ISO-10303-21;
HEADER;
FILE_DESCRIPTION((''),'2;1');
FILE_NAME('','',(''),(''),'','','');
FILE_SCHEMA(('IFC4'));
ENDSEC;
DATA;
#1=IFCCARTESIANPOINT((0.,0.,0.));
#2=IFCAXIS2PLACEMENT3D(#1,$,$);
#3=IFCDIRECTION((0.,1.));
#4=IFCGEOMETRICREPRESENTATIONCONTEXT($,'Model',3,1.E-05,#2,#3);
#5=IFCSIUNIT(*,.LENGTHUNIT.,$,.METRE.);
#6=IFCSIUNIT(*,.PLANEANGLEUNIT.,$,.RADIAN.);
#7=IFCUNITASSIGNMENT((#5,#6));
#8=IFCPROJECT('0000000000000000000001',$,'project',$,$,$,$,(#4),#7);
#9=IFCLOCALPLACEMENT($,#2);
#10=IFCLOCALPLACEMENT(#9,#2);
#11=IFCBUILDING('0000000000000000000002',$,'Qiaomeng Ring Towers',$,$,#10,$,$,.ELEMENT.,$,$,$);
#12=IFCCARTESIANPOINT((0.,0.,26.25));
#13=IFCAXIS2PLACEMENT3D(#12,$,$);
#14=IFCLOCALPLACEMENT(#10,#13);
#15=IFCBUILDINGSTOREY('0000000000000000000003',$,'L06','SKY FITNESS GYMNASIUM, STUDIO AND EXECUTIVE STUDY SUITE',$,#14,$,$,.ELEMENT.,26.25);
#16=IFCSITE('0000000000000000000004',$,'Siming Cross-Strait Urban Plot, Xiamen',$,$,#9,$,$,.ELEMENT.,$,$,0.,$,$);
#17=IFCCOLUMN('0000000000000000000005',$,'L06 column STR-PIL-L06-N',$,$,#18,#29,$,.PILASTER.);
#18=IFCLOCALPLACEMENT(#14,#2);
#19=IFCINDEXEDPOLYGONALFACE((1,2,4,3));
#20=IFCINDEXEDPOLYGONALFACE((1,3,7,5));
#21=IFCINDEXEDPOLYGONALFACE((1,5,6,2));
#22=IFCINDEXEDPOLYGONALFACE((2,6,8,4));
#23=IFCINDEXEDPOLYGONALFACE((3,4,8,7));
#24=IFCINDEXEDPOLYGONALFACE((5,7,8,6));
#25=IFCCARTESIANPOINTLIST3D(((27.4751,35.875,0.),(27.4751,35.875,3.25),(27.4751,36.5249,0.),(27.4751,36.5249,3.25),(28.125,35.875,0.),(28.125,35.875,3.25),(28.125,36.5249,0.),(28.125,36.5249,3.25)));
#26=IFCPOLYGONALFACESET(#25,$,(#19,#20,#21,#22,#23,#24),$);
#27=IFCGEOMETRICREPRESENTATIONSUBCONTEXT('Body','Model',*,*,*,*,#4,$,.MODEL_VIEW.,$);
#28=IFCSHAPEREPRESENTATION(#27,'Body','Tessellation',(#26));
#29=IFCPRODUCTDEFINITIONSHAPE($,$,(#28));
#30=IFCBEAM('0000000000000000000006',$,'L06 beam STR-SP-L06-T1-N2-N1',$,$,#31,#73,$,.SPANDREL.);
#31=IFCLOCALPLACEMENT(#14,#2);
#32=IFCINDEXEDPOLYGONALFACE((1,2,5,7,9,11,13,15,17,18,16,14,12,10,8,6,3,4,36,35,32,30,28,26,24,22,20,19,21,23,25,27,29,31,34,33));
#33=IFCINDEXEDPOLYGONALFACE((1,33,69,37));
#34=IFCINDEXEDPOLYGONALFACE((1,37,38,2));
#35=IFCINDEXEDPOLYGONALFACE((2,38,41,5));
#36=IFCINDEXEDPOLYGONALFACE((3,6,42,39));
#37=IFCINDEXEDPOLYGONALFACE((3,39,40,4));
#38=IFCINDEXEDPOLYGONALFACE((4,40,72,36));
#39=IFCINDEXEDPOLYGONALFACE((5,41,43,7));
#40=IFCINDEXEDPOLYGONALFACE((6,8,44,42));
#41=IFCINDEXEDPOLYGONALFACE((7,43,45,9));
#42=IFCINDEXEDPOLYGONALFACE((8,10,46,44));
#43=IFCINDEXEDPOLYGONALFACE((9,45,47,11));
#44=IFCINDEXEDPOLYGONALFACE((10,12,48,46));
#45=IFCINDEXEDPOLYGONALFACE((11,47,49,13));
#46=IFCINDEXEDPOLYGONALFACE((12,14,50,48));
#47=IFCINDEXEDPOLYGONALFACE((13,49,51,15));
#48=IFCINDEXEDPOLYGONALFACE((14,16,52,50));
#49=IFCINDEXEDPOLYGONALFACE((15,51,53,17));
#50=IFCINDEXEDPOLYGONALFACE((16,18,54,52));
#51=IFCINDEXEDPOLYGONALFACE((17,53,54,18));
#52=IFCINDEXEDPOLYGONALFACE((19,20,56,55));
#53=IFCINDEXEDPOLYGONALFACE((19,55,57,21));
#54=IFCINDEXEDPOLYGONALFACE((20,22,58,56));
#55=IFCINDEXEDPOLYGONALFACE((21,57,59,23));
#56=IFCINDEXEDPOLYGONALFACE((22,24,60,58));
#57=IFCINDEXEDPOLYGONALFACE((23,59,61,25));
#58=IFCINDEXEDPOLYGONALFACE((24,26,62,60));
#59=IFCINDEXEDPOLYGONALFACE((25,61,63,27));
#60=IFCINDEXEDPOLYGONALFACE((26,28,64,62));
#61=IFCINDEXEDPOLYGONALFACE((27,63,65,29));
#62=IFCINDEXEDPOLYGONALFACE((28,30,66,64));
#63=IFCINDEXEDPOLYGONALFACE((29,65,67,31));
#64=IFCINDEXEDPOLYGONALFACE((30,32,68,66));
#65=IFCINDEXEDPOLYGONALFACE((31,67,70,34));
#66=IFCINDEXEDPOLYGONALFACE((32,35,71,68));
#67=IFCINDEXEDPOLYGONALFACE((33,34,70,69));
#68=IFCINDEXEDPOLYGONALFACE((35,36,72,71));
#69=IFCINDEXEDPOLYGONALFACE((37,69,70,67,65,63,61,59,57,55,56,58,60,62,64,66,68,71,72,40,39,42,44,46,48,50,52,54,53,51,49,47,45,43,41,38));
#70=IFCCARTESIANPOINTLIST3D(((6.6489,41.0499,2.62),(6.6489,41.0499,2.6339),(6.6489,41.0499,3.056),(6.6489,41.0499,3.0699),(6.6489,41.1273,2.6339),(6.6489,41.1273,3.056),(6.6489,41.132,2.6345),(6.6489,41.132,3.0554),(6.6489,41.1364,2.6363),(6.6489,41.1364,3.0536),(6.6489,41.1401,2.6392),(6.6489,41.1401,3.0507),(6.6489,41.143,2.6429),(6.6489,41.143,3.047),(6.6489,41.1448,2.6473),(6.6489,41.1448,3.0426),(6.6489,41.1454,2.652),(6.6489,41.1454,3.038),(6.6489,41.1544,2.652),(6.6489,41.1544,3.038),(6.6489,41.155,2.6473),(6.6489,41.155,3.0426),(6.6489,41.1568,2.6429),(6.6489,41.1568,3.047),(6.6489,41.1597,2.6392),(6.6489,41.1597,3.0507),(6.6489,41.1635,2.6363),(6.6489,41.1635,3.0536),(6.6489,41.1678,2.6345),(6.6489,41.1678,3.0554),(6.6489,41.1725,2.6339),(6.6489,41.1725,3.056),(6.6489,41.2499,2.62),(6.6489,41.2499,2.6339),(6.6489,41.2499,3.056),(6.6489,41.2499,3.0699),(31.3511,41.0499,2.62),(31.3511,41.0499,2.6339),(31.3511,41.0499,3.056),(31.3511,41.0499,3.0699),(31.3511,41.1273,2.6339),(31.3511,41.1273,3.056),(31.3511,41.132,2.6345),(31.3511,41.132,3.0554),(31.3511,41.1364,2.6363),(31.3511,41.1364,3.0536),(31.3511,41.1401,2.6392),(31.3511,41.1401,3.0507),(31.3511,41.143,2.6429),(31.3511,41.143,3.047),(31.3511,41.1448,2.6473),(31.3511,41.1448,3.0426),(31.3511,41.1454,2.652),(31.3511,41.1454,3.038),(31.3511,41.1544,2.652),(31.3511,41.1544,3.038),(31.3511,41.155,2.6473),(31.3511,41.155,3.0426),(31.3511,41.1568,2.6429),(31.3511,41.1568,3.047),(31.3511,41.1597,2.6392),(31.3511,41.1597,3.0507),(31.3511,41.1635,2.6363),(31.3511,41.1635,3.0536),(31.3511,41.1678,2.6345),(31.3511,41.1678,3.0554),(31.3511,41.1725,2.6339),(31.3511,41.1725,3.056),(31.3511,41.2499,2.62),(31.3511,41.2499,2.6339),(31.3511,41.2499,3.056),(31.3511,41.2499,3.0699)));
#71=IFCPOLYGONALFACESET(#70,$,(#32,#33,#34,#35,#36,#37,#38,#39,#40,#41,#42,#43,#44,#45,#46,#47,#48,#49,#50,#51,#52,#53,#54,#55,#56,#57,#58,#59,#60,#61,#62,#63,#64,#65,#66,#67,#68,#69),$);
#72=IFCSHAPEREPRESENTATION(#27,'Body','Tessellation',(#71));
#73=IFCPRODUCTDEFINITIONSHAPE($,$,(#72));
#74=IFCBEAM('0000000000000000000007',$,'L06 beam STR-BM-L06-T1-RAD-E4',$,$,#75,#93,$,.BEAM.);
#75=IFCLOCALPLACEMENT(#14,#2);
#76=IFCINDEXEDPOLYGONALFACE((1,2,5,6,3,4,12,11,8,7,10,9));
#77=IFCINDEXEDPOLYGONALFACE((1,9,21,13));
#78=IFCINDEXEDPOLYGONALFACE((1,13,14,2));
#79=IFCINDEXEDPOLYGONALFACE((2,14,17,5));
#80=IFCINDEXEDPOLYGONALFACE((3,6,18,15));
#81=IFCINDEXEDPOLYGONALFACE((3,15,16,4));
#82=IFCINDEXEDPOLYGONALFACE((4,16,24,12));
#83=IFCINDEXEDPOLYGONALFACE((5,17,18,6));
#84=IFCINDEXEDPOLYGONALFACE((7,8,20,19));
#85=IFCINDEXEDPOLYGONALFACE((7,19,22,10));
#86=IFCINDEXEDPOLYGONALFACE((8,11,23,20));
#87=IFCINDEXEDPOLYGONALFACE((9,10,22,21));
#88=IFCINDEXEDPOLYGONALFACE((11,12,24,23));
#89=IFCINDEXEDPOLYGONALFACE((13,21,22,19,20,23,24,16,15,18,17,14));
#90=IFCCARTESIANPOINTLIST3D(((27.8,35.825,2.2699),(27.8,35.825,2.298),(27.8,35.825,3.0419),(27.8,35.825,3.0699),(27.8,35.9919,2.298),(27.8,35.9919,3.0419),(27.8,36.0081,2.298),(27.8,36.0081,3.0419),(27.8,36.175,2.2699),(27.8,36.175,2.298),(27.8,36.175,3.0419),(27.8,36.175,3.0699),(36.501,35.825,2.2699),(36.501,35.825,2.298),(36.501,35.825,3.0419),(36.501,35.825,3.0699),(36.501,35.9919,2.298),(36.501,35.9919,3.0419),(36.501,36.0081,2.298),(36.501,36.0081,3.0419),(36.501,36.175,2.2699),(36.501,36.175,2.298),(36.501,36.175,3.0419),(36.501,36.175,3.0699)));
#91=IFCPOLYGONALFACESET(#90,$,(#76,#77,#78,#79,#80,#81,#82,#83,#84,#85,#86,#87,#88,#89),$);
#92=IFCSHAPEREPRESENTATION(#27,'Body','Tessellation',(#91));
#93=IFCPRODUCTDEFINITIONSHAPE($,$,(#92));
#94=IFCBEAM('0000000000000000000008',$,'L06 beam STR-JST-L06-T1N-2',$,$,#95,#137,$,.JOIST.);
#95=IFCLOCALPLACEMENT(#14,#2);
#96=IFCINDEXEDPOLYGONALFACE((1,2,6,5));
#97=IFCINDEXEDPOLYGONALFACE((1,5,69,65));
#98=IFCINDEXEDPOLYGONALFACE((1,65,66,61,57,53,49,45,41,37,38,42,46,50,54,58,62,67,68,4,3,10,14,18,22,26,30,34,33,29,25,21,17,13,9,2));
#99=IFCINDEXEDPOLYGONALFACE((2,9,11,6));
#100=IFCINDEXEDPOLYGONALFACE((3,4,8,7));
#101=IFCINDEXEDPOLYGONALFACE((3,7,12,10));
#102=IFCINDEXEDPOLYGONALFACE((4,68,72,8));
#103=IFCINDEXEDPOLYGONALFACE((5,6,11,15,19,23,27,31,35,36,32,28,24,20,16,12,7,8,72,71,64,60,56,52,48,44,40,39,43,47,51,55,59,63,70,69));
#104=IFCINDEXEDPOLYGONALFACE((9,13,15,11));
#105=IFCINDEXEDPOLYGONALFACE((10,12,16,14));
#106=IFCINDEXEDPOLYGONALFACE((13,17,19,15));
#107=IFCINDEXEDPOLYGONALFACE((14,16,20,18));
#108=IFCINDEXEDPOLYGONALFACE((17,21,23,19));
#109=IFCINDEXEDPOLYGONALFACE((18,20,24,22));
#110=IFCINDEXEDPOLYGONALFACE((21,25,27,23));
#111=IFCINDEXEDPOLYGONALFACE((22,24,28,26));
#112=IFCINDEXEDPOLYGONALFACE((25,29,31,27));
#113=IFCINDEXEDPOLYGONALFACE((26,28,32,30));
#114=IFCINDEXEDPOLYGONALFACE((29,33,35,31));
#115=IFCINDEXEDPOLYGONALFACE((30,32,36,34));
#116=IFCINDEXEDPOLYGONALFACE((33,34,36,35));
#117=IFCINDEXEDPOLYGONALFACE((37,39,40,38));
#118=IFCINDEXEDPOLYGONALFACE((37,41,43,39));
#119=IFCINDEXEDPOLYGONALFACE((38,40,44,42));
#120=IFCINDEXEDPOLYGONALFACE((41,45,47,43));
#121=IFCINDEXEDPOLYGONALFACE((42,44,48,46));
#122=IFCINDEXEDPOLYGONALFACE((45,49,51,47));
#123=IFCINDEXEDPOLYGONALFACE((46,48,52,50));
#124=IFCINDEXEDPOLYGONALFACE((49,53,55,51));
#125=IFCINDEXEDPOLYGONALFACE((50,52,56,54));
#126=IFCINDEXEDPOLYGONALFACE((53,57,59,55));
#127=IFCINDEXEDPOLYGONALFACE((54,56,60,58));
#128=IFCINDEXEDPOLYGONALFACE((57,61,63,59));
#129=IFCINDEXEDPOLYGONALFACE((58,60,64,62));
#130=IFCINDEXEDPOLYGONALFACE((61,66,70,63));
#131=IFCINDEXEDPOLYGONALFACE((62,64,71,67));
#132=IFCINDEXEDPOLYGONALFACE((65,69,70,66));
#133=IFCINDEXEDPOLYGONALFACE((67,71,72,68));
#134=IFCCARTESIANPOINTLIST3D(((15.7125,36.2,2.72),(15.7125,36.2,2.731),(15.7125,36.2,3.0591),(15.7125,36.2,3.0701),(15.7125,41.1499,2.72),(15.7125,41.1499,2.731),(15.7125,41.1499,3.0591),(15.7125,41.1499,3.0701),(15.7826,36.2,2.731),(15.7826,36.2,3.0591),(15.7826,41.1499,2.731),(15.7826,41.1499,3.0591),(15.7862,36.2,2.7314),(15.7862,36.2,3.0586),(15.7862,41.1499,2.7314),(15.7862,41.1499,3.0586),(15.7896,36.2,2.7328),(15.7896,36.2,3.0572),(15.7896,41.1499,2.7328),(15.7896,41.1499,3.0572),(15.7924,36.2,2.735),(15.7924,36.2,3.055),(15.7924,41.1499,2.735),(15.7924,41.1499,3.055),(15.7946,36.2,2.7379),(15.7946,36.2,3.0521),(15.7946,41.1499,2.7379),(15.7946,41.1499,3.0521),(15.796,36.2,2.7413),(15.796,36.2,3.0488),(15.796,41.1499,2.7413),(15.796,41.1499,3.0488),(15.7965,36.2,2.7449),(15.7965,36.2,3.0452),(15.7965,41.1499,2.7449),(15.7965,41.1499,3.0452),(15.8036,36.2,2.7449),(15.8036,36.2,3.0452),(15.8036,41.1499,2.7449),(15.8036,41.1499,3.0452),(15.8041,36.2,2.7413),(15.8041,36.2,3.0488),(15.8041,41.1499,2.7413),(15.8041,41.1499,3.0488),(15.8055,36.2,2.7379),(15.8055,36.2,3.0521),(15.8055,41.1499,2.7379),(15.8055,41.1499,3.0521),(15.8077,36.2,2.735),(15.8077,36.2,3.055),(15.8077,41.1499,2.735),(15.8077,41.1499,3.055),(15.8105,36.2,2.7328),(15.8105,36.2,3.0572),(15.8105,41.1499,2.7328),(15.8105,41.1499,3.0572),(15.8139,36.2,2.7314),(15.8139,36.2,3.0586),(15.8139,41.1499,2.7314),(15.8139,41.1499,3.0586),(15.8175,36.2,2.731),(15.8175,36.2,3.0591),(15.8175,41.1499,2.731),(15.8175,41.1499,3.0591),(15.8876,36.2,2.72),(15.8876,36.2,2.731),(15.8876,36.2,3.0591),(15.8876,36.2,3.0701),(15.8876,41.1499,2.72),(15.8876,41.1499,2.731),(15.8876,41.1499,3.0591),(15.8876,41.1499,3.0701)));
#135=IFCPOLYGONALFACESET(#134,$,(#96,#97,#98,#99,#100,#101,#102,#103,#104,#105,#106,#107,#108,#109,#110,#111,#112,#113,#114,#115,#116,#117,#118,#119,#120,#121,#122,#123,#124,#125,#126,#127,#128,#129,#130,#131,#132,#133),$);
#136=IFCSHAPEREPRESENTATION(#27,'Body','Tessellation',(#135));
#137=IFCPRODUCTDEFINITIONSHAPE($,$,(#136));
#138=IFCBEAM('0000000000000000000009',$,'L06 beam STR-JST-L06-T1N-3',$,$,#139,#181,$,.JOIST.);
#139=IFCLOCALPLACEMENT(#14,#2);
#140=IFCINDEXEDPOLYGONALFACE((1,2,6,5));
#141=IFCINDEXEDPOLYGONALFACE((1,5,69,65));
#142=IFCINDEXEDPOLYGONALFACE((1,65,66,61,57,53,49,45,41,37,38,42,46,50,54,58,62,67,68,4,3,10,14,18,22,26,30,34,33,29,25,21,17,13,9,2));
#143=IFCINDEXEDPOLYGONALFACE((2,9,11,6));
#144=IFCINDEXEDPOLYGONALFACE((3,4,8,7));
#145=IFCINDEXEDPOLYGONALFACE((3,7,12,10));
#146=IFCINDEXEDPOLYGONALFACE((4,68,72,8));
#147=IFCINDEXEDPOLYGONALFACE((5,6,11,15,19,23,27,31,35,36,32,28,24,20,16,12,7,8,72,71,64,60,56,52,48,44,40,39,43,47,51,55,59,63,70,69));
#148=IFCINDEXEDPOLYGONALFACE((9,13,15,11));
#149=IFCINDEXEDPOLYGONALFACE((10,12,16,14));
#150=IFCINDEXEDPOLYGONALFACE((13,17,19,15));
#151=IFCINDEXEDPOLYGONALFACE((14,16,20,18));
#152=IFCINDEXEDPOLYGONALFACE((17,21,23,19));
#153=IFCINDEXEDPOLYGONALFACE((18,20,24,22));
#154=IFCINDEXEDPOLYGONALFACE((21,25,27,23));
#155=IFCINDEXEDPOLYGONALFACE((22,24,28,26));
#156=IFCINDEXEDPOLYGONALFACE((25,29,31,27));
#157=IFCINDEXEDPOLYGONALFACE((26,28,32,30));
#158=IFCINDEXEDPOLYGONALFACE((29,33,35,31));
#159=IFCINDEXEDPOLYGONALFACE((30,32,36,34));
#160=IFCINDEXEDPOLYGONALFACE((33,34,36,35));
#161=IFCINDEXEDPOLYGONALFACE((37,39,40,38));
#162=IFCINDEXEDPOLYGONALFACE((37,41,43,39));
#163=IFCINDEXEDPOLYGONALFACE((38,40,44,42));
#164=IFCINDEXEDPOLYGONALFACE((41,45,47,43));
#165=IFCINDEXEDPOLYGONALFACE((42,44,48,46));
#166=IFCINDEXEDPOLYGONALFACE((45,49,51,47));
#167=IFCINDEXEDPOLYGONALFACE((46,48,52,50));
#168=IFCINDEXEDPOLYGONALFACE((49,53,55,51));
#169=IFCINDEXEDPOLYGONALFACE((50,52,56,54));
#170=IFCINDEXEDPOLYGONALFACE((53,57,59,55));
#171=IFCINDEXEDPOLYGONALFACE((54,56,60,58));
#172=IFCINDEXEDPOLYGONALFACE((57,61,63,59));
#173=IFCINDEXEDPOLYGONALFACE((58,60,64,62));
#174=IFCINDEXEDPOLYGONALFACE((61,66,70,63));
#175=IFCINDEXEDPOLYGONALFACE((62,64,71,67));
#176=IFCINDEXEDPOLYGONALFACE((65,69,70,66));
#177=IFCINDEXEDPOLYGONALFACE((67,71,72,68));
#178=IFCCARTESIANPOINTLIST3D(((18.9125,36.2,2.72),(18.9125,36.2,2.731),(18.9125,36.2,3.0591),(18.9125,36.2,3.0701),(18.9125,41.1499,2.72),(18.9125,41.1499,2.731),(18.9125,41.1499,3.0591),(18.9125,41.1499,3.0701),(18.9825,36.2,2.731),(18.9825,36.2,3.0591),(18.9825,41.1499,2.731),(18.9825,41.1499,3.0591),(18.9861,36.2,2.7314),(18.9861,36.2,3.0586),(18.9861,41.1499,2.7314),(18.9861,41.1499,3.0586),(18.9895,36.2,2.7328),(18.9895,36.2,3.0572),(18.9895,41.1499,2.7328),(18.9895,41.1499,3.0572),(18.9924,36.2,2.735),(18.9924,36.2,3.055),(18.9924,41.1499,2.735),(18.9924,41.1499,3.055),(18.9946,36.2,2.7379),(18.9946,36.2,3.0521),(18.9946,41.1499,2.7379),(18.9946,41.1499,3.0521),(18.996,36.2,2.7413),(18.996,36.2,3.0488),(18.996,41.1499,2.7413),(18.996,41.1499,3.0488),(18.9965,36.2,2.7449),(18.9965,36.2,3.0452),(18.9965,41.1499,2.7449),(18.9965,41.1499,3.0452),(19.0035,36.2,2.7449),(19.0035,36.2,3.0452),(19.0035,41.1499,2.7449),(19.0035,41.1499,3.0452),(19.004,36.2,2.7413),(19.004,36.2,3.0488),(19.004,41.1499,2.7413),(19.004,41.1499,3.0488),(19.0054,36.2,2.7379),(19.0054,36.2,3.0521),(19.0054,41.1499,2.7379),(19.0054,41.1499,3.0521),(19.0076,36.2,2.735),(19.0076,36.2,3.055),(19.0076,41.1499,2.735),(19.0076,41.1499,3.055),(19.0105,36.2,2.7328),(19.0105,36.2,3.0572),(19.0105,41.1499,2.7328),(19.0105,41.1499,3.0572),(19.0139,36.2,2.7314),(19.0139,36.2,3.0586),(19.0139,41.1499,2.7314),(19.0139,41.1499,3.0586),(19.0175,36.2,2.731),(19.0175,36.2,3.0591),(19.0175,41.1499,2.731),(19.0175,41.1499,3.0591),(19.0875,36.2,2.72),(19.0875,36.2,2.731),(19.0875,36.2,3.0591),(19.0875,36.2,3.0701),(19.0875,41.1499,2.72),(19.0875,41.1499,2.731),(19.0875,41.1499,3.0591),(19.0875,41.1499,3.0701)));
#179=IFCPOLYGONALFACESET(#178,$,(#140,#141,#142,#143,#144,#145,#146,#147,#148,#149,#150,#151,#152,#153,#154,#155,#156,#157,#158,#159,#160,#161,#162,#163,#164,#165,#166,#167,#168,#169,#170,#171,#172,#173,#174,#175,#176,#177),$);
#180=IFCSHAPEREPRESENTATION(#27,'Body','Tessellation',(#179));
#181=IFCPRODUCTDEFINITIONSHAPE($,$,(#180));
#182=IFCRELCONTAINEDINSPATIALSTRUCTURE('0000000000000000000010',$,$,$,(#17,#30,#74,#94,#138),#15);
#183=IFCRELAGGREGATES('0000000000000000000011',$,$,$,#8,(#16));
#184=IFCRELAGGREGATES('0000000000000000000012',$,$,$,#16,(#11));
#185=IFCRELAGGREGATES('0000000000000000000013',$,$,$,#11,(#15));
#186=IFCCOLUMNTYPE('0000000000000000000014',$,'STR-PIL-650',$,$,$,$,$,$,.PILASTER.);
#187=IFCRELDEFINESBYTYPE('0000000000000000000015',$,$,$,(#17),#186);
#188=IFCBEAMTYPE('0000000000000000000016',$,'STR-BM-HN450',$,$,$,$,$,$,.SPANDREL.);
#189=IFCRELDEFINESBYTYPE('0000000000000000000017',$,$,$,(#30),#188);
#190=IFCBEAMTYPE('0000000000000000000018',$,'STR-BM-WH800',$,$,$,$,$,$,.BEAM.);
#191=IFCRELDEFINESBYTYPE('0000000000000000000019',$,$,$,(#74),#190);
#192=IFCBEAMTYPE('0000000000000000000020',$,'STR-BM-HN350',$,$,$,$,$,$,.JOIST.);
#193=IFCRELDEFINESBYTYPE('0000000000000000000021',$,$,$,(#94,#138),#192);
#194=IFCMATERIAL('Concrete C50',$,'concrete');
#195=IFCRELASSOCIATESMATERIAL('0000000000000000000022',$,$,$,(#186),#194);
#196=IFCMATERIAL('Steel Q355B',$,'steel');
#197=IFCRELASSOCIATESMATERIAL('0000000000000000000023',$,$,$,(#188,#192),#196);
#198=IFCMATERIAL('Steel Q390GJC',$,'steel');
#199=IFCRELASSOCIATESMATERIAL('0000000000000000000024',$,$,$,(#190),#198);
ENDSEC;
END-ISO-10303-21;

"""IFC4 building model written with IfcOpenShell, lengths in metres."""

from ifc_helpers import new_model, si_unit, direction, frame, origin, origin_2d, place, context, subcontext, project, spatial, rectangle, i_section, extrude, source, transform, mapped, material, material_profile, profile_set, type_object, element, save


model = new_model("IFC4")

# Units and contexts
model_context = context("Model", 3, precision=1e-05, world=origin(), true_north=direction((0.0, 1.0)))
body_context = subcontext(model_context, "Body", "Model", "MODEL_VIEW")
ifc_project = project(units=[si_unit("LENGTHUNIT", "METRE"), si_unit("PLANEANGLEUNIT", "RADIAN")], contexts=[model_context])

# Site, building, storey
site_placement = place(None, origin())
site = spatial("IfcSite", under=ifc_project, at=site_placement, Name="Siming Cross-Strait Urban Plot, Xiamen", CompositionType="ELEMENT", RefElevation=0.0)
building_placement = place(site_placement, origin())
building = spatial("IfcBuilding", under=site, at=building_placement, Name="Qiaomeng Ring Towers", CompositionType="ELEMENT")
storey_placement = place(building_placement, frame((0.0, 0.0, 26.25)))
storey = spatial("IfcBuildingStorey", under=building, at=storey_placement, Name="L06", Description="SKY FITNESS GYMNASIUM, STUDIO AND EXECUTIVE STUDY SUITE", CompositionType="ELEMENT", Elevation=26.25)

# Column
ifc_material_1 = material(Name="Concrete C50", Category="concrete")
ifc_material_profile_1 = material_profile(ifc_material_1, rectangle(XDim=0.6499, YDim=0.6499, at=origin_2d()), Name="RC COL 650x650")
ifc_profile_set_1 = profile_set([ifc_material_profile_1], Name="Concrete C50")
column_type = type_object("IfcColumnType", Name="STR-PIL-650", PredefinedType="PILASTER", material=ifc_profile_set_1)
shared_shape_1 = source(origin(), body_context, "Body", "SweptSolid", [
    extrude(rectangle(XDim=0.6499, YDim=0.6499, at=origin_2d()), origin(), (0.0, 0.0, 1.0), 3.25),
])
column_placement = place(storey_placement, frame((27.8, 36.2, 0.0), z_axis=(0.0, 0.0, 1.0), x_axis=(1.0, 0.0, 0.0)))
element("IfcColumn", 1, at=column_placement, inside=storey, type_object=column_type, Name="L06 column STR-PIL-L06-N", PredefinedType="PILASTER", context=body_context, shape_type="MappedRepresentation", body=[
    mapped(shared_shape_1, transform((0.0, 0.0, 0.0), x_axis=(1.0, 0.0, 0.0), y_axis=(0.0, 1.0, 0.0), z_axis=(0.0, 0.0, 1.0), scale=1.0)),
])

# Beams
ifc_material_2 = material(Name="Steel Q355B", Category="steel")
ifc_material_profile_2 = material_profile(ifc_material_2, i_section(OverallWidth=0.2, OverallDepth=0.45, WebThickness=0.009, FlangeThickness=0.0139, FilletRadius=0.0181, at=origin_2d()), Name="HN 450x200x9x14")
ifc_profile_set_2 = profile_set([ifc_material_profile_2], Name="Steel Q355B")
beam_type_1 = type_object("IfcBeamType", Name="STR-BM-HN450", PredefinedType="SPANDREL", material=ifc_profile_set_2)
shared_shape_2 = source(origin(), body_context, "Body", "SweptSolid", [
    extrude(i_section(OverallWidth=0.2, OverallDepth=0.45, WebThickness=0.009, FlangeThickness=0.0139, FilletRadius=0.0181, at=origin_2d()), origin(), (0.0, 0.0, 1.0), 24.7021),
])
beam_1_placement = place(storey_placement, frame((31.3511, 41.1499, 2.845), z_axis=(-1.0, 0.0, 0.0), x_axis=(0.0, -1.0, 0.0)))
element("IfcBeam", 2, at=beam_1_placement, inside=storey, type_object=beam_type_1, Name="L06 beam STR-SP-L06-T1-N2-N1", PredefinedType="SPANDREL", context=body_context, shape_type="MappedRepresentation", body=[
    mapped(shared_shape_2, transform((0.0, 0.0, 0.0), x_axis=(1.0, 0.0, 0.0), y_axis=(0.0, 1.0, 0.0), z_axis=(0.0, 0.0, 1.0), scale=1.0)),
])
ifc_material_3 = material(Name="Steel Q390GJC", Category="steel")
ifc_material_profile_3 = material_profile(ifc_material_3, i_section(OverallWidth=0.3501, OverallDepth=0.8, WebThickness=0.0161, FlangeThickness=0.0281, at=origin_2d()), Name="WH 800x350x16x28")
ifc_profile_set_3 = profile_set([ifc_material_profile_3], Name="Steel Q390GJC")
beam_type_2 = type_object("IfcBeamType", Name="STR-BM-WH800", PredefinedType="BEAM", material=ifc_profile_set_3)
shared_shape_3 = source(origin(), body_context, "Body", "SweptSolid", [
    extrude(i_section(OverallWidth=0.3501, OverallDepth=0.8, WebThickness=0.0161, FlangeThickness=0.0281, at=origin_2d()), origin(), (0.0, 0.0, 1.0), 8.7009),
])
beam_2_placement = place(storey_placement, frame((27.8, 36.0, 2.6699), z_axis=(1.0, 0.0, 0.0), x_axis=(0.0, 1.0, 0.0)))
element("IfcBeam", 3, at=beam_2_placement, inside=storey, type_object=beam_type_2, Name="L06 beam STR-BM-L06-T1-RAD-E4", PredefinedType="BEAM", context=body_context, shape_type="MappedRepresentation", body=[
    mapped(shared_shape_3, transform((0.0, 0.0, 0.0), x_axis=(1.0, 0.0, 0.0), y_axis=(0.0, 1.0, 0.0), z_axis=(0.0, 0.0, 1.0), scale=1.0)),
])
ifc_material_profile_4 = material_profile(ifc_material_2, i_section(OverallWidth=0.175, OverallDepth=0.3501, WebThickness=0.0071, FlangeThickness=0.011, FilletRadius=0.0139, at=origin_2d()), Name="HN 350x175x7x11")
ifc_profile_set_4 = profile_set([ifc_material_profile_4], Name="Steel Q355B")
beam_type_3 = type_object("IfcBeamType", Name="STR-BM-HN350", PredefinedType="JOIST", material=ifc_profile_set_4)
shared_shape_4 = source(origin(), body_context, "Body", "SweptSolid", [
    extrude(i_section(OverallWidth=0.175, OverallDepth=0.3501, WebThickness=0.0071, FlangeThickness=0.011, FilletRadius=0.0139, at=origin_2d()), origin(), (0.0, 0.0, 1.0), 4.95),
])
for number, where, z_axis, x_axis, name in (
    (4, (15.8, 36.2, 2.895), (0.0, 1.0, 0.0), (-1.0, 0.0, 0.0), "L06 beam STR-JST-L06-T1N-2"),
    (5, (19.0, 36.2, 2.895), (0.0, 1.0, 0.0), (-1.0, 0.0, 0.0), "L06 beam STR-JST-L06-T1N-3"),
):
    element("IfcBeam", number, at=place(storey_placement, frame(where, z_axis=z_axis, x_axis=x_axis)), inside=storey, type_object=beam_type_3, Name=name, PredefinedType="JOIST", context=body_context, shape_type="MappedRepresentation", body=[
        mapped(shared_shape_4, transform((0.0, 0.0, 0.0), x_axis=(1.0, 0.0, 0.0), y_axis=(0.0, 1.0, 0.0), z_axis=(0.0, 0.0, 1.0), scale=1.0)),
    ])

save(model, "model.ifc")
